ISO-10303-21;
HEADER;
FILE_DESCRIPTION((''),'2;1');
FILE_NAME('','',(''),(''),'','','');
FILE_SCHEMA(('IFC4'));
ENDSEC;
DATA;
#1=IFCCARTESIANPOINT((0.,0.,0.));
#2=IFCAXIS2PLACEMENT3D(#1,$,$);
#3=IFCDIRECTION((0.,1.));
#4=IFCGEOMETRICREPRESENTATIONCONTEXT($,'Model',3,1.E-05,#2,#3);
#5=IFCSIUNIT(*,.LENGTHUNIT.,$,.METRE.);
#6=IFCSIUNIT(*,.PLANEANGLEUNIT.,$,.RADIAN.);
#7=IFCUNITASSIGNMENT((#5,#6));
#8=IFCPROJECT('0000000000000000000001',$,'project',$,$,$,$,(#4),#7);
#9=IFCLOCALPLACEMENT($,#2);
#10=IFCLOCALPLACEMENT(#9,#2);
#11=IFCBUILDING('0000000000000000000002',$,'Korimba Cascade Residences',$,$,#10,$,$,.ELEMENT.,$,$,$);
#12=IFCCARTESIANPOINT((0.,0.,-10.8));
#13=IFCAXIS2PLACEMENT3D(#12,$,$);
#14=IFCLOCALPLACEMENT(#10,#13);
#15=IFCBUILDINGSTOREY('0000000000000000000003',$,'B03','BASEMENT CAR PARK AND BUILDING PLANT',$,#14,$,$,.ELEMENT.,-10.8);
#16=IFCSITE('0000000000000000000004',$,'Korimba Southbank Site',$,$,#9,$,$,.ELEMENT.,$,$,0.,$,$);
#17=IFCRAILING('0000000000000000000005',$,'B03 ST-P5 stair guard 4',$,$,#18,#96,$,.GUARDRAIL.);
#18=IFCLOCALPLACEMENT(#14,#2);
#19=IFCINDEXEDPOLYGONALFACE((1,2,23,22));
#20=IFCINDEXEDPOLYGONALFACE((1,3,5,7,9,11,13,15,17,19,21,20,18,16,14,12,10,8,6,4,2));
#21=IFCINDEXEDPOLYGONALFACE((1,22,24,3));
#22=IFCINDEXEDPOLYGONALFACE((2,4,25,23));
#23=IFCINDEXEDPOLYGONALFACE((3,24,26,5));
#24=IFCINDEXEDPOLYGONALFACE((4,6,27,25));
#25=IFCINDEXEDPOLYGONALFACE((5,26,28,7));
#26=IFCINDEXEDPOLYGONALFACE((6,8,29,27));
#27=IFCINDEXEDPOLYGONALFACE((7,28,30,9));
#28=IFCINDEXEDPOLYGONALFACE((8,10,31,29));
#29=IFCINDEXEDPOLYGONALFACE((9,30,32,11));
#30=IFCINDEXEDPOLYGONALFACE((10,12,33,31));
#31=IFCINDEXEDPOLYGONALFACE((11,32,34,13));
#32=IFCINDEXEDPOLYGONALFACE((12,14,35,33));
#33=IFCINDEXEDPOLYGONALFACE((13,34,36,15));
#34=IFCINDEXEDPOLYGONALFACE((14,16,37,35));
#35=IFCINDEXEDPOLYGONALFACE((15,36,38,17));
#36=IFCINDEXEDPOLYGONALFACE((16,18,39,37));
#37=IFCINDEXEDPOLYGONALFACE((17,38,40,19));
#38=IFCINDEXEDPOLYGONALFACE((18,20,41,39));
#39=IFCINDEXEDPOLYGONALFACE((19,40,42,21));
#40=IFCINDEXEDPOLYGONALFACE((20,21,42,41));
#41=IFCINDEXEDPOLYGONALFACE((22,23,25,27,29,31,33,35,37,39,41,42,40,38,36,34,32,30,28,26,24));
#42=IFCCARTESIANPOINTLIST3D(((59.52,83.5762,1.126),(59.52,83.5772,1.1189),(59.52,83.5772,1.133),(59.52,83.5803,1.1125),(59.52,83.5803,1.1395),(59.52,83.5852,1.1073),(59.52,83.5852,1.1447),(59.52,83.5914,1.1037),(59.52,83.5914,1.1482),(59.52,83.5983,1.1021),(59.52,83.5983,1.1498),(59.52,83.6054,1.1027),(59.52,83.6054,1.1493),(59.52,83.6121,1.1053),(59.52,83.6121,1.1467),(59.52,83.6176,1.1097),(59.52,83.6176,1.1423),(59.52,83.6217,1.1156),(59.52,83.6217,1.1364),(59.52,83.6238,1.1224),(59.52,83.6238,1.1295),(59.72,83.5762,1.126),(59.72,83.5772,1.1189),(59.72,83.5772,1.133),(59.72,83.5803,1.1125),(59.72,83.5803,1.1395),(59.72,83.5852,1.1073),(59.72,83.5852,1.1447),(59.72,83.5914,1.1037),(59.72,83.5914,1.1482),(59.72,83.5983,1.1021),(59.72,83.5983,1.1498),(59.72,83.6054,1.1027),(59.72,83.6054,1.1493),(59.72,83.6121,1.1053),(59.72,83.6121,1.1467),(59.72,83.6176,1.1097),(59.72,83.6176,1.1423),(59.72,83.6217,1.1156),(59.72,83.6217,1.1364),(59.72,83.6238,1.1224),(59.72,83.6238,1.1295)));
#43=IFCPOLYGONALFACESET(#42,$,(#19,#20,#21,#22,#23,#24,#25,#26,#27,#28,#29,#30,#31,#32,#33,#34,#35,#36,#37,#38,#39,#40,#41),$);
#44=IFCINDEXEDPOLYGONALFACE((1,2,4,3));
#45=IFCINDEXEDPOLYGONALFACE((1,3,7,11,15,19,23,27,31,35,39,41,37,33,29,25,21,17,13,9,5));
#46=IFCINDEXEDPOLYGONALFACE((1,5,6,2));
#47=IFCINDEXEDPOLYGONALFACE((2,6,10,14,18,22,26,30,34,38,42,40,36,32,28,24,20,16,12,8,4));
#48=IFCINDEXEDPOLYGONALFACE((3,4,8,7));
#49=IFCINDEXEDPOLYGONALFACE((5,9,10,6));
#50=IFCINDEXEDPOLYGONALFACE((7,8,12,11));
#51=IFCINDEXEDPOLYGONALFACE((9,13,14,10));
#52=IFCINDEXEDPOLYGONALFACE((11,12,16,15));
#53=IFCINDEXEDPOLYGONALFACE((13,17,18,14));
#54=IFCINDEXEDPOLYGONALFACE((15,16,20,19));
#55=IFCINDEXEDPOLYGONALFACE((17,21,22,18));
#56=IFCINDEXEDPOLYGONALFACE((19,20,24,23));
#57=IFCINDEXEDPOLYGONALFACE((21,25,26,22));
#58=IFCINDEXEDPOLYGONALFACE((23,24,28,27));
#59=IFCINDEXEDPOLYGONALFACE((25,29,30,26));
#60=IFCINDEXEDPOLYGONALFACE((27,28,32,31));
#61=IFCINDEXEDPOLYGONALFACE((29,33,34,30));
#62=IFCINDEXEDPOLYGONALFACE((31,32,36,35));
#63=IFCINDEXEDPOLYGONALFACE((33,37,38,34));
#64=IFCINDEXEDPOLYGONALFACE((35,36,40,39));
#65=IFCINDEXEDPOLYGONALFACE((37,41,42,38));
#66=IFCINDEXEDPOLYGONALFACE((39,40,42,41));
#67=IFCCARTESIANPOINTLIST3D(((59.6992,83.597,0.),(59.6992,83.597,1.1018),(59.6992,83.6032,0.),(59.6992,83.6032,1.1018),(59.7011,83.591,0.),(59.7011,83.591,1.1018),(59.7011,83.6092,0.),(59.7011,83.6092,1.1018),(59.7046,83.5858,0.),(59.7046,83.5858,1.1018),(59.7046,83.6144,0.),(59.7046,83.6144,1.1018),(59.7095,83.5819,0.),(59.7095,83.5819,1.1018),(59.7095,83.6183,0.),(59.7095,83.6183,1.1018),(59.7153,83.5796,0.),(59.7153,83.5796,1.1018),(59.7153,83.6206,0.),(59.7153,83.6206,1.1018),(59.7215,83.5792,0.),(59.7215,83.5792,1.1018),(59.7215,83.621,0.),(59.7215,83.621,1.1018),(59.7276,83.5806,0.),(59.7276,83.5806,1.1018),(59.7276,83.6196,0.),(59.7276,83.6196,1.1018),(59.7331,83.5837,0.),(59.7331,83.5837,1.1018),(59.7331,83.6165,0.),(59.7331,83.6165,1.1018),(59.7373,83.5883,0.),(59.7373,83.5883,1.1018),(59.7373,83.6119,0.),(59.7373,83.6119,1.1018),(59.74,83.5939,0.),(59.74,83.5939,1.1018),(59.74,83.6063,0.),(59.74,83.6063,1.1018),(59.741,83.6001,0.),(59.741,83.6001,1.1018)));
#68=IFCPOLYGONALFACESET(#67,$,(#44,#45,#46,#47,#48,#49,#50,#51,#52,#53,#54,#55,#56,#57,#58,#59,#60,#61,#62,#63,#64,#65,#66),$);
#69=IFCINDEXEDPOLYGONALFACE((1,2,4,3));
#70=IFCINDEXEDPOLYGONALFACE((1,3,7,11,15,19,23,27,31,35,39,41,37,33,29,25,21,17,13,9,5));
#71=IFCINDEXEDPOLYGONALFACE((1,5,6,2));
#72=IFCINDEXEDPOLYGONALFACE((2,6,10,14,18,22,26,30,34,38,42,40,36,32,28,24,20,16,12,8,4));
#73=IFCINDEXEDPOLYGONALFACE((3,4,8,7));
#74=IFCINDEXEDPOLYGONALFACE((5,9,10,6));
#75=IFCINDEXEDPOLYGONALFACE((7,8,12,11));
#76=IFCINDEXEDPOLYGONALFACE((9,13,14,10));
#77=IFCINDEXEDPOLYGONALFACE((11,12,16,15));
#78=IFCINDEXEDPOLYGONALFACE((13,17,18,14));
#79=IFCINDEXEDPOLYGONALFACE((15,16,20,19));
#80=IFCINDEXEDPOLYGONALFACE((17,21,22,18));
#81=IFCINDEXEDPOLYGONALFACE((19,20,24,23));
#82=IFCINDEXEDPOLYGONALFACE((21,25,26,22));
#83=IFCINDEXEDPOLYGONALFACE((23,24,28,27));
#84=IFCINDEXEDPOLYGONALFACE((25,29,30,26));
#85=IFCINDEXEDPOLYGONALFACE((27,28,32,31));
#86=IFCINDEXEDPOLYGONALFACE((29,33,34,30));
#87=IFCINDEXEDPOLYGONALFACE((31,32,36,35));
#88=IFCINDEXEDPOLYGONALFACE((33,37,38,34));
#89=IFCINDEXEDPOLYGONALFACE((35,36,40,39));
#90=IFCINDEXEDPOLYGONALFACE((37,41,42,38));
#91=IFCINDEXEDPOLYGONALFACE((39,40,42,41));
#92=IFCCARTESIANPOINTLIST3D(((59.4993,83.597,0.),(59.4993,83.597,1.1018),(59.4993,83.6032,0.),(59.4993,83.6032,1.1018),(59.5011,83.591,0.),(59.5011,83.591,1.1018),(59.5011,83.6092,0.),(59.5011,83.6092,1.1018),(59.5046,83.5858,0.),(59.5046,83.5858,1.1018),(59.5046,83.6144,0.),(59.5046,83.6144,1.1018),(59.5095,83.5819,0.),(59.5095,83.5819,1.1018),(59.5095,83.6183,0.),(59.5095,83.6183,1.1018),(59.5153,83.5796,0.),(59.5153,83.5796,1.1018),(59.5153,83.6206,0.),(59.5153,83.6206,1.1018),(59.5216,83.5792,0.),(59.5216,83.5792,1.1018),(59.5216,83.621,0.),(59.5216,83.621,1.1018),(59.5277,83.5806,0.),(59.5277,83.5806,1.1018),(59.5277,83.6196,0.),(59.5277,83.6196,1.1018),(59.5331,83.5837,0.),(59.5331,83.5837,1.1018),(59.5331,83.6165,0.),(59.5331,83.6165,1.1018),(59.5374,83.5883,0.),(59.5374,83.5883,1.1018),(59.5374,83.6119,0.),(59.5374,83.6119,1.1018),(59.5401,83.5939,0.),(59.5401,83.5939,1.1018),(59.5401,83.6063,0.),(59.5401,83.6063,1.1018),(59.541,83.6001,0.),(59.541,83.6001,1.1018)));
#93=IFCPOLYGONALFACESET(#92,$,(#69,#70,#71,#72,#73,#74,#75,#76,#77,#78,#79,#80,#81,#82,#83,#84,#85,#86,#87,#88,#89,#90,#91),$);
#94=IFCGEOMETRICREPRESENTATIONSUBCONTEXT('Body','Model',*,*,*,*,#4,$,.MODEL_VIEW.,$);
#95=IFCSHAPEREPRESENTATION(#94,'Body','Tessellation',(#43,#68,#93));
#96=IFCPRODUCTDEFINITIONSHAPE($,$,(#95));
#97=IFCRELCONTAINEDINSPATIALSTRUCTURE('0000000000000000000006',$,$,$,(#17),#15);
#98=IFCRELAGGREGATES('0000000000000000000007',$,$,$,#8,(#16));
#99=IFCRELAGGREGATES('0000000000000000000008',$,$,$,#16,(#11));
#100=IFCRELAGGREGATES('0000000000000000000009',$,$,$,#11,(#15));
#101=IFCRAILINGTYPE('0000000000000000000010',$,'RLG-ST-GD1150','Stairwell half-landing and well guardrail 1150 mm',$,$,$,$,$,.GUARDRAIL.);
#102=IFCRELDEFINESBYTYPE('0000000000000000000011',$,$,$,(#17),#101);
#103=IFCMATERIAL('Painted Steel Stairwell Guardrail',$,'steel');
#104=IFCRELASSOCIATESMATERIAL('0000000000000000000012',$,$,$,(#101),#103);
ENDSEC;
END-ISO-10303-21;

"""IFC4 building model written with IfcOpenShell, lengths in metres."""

from ifc_helpers import new_model, si_unit, direction, frame, origin, origin_2d, place, context, subcontext, project, spatial, circle, extrude, material, type_object, element, save


model = new_model("IFC4")

# Units and contexts
model_context = context("Model", 3, precision=1e-05, world=origin(), true_north=direction((0.0, 1.0)))
body_context = subcontext(model_context, "Body", "Model", "MODEL_VIEW")
ifc_project = project(units=[si_unit("LENGTHUNIT", "METRE"), si_unit("PLANEANGLEUNIT", "RADIAN")], contexts=[model_context])

# Site, building, storey
site_placement = place(None, origin())
site = spatial("IfcSite", under=ifc_project, at=site_placement, Name="Korimba Southbank Site", CompositionType="ELEMENT", RefElevation=0.0)
building_placement = place(site_placement, origin())
building = spatial("IfcBuilding", under=site, at=building_placement, Name="Korimba Cascade Residences", CompositionType="ELEMENT")
storey_placement = place(building_placement, frame((0.0, 0.0, -10.8)))
storey = spatial("IfcBuildingStorey", under=building, at=storey_placement, Name="B03", Description="BASEMENT CAR PARK AND BUILDING PLANT", CompositionType="ELEMENT", Elevation=-10.8)

# Railing
ifc_material_1 = material(Name="Painted Steel Stairwell Guardrail", Category="steel")
railing_type_1 = type_object("IfcRailingType", Name="RLG-ST-GD1150", Description="Stairwell half-landing and well guardrail 1150 mm", PredefinedType="GUARDRAIL", material=ifc_material_1)
railing_1_placement = place(storey_placement, frame((59.72, 83.6001, 0.0)))
element("IfcRailing", 1, at=railing_1_placement, inside=storey, type_object=railing_type_1, Name="B03 ST-P5 stair guard 4", PredefinedType="GUARDRAIL", context=body_context, shape_type="SweptSolid", body=[
    extrude(circle(Radius=0.0239, at=origin_2d()), frame((0.0, 0.0, 1.126), z_axis=(-1.0, 0.0, 0.0), x_axis=(0.0, -1.0, 0.0)), (0.0, 0.0, 1.0), 0.2),
    extrude(circle(Radius=0.021, at=origin_2d()), origin(), (0.0, 0.0, 1.0), 1.1018),
    extrude(circle(Radius=0.021, at=origin_2d()), frame((-0.2, 0.0, 0.0)), (0.0, 0.0, 1.0), 1.1018),
])

save(model, "model.ifc")
